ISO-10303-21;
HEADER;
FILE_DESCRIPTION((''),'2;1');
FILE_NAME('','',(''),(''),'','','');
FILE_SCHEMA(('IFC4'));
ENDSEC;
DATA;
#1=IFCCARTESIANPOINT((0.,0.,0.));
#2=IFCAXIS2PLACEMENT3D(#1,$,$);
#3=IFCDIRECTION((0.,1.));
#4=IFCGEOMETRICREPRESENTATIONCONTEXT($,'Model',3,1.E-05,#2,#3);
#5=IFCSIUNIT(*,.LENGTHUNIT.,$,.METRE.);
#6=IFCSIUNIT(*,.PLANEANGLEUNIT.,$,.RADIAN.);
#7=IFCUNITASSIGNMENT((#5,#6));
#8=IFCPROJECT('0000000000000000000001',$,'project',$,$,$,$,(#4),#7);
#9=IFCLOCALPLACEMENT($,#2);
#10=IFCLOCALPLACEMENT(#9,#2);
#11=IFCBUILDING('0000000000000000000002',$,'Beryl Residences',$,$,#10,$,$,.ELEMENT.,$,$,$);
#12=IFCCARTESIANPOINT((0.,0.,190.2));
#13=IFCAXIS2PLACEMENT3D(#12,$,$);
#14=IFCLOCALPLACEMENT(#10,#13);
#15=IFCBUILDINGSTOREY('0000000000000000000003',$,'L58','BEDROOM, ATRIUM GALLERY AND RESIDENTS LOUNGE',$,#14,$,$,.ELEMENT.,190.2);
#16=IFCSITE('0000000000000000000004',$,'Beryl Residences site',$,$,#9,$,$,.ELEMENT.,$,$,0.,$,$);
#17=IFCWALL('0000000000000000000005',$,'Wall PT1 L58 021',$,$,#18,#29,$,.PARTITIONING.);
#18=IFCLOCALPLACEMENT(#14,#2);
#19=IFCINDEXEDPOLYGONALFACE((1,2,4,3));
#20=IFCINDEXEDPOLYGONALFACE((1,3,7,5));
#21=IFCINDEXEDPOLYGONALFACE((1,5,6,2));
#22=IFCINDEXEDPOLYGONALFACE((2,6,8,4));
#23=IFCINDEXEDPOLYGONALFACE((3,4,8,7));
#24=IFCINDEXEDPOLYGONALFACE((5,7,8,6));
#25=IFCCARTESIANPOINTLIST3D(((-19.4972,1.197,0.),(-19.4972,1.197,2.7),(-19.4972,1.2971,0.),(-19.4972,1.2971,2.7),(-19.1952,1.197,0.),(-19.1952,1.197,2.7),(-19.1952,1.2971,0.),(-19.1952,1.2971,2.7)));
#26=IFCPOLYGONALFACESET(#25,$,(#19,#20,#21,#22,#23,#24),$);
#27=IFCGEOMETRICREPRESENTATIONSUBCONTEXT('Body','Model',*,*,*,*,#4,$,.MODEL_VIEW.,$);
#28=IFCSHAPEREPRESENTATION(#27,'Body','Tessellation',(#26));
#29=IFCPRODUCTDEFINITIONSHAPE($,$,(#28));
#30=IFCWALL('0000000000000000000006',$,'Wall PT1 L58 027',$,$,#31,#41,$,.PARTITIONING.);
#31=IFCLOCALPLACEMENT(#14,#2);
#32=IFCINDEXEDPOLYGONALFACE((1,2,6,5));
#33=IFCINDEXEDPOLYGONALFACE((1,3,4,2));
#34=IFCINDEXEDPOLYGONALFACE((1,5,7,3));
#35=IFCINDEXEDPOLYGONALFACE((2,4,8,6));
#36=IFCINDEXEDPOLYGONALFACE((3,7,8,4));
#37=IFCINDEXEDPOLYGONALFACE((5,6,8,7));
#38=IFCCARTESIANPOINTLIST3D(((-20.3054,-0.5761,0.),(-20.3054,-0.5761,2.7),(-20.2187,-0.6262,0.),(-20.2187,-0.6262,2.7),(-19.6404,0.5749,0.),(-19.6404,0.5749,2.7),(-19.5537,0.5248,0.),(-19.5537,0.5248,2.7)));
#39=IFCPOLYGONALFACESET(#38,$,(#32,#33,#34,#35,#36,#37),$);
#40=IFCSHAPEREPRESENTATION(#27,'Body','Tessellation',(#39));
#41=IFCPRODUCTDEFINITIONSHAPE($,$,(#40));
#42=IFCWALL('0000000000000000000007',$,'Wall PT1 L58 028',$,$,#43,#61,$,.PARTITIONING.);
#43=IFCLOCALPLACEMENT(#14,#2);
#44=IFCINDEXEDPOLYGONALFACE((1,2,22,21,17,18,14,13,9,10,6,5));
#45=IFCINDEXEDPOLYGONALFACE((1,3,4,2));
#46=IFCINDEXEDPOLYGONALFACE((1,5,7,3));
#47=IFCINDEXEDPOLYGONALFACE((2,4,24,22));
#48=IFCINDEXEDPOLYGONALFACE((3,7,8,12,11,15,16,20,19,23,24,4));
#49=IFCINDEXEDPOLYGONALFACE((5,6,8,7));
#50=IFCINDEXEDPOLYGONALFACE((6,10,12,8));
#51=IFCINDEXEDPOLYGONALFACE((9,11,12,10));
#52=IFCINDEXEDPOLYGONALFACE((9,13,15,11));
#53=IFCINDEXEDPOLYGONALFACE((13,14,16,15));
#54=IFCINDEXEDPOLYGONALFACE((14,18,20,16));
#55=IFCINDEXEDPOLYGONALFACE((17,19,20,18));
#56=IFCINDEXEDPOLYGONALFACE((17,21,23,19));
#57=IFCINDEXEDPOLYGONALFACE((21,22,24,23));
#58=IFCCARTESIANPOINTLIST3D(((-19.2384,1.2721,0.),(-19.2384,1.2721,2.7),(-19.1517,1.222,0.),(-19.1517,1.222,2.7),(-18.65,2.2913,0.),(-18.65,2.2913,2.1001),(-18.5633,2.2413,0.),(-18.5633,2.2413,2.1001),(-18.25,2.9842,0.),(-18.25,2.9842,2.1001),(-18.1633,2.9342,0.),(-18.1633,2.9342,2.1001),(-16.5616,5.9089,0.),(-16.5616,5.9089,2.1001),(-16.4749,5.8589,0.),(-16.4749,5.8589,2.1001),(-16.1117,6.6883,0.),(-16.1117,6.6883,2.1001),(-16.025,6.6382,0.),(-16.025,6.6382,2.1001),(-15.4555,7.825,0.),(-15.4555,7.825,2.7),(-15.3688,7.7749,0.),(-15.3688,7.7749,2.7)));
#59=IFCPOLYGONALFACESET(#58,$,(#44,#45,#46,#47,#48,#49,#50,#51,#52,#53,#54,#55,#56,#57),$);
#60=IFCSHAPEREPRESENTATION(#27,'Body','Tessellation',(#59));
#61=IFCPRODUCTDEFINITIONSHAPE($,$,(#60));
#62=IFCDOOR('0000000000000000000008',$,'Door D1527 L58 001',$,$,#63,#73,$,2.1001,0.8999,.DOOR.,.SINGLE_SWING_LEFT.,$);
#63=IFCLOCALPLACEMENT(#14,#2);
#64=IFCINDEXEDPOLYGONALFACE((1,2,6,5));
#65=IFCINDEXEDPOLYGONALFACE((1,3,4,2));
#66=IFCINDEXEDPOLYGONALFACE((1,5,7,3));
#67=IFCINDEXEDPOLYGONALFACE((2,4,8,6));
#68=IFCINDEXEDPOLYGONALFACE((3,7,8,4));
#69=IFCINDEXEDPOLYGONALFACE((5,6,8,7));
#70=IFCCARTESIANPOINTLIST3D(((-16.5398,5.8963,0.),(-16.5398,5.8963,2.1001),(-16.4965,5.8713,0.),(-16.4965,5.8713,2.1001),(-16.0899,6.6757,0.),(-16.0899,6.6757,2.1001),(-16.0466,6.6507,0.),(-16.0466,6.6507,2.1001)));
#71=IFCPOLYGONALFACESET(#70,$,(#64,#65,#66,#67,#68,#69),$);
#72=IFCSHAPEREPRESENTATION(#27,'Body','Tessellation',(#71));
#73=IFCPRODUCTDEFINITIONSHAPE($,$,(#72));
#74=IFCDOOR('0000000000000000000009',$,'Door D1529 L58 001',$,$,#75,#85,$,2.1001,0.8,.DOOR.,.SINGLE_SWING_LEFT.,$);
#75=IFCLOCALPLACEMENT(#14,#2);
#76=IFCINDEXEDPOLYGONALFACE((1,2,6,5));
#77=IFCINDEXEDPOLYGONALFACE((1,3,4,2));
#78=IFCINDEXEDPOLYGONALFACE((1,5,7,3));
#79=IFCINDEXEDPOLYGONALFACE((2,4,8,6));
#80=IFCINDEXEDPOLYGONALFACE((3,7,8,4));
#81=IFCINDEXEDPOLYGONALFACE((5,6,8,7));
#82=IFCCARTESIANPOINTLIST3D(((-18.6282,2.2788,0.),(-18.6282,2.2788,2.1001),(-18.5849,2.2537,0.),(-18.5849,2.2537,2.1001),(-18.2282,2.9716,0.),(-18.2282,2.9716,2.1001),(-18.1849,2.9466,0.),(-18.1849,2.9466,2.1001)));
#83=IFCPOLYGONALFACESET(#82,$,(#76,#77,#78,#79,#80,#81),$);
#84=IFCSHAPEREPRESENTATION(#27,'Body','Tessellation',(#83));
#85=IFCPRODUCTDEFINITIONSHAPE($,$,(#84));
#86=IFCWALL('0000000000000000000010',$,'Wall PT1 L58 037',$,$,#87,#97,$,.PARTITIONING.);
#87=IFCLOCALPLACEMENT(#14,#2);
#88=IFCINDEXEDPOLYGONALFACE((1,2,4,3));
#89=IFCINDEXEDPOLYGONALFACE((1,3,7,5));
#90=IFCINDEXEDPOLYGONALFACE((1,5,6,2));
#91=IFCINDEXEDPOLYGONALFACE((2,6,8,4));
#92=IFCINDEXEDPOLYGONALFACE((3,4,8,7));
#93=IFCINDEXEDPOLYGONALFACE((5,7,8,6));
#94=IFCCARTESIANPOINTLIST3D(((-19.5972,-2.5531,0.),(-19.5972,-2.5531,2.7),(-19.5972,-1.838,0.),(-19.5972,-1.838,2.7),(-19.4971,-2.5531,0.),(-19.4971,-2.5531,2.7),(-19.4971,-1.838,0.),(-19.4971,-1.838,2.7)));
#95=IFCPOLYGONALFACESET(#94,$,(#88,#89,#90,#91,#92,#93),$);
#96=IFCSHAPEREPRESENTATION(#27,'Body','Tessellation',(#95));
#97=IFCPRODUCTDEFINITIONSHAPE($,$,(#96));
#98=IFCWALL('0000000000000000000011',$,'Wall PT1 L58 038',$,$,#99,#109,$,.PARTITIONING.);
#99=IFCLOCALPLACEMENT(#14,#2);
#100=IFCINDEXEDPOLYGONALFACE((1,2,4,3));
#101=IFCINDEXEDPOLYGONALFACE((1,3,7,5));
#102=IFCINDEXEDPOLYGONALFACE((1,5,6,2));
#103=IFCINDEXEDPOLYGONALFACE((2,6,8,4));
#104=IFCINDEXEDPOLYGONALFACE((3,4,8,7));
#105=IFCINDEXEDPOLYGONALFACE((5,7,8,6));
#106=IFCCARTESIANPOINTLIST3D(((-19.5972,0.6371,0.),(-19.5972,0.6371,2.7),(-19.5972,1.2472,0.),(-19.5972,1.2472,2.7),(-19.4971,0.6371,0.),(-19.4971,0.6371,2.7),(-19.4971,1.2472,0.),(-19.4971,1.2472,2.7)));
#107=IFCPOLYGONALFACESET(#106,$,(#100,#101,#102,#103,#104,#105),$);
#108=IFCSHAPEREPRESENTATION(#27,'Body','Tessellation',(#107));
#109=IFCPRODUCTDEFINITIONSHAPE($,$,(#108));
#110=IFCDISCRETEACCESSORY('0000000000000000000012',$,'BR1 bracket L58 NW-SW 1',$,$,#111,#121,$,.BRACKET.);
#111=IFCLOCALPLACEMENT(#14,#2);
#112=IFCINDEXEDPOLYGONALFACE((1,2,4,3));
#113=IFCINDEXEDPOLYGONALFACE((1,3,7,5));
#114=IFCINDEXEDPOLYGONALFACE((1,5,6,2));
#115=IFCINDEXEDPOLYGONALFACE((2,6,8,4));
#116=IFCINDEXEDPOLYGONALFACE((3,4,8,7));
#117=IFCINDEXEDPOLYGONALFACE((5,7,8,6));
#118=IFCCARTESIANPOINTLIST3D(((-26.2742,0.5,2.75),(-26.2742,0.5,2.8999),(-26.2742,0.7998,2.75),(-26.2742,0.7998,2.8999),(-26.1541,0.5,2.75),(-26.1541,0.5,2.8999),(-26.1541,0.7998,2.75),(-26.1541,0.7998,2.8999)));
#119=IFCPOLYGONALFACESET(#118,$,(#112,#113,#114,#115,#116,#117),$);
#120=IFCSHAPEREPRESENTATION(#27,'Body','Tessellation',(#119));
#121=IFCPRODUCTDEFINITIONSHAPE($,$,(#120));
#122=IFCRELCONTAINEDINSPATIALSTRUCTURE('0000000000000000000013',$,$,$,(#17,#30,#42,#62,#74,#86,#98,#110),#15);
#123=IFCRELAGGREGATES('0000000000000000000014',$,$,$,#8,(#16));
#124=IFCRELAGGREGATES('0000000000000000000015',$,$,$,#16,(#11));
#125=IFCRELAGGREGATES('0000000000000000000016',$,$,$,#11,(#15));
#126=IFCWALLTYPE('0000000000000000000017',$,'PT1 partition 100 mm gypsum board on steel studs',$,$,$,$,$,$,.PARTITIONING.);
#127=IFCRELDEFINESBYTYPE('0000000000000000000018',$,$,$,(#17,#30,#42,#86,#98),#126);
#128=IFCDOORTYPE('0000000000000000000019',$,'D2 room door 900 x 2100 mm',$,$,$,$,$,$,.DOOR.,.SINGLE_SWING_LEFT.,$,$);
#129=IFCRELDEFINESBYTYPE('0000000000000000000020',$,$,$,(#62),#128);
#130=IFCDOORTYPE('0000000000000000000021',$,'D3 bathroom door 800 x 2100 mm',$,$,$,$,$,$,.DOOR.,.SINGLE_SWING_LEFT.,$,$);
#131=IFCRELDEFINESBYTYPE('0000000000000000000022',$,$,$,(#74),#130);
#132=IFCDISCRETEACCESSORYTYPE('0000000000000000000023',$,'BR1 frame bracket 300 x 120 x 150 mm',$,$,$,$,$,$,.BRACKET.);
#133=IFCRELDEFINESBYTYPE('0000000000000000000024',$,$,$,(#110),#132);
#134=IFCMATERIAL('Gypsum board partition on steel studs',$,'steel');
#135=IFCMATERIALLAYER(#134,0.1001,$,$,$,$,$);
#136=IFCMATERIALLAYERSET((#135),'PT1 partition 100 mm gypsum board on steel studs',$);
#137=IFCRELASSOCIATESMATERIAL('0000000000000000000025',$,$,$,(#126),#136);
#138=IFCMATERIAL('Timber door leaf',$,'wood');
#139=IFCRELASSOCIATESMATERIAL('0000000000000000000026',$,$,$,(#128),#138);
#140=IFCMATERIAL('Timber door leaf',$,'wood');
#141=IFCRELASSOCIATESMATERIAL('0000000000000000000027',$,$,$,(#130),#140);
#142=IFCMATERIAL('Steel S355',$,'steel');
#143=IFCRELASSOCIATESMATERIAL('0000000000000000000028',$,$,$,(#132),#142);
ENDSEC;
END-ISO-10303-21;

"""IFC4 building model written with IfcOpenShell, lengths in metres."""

from ifc_helpers import new_model, si_unit, direction, frame, frame_2d, origin, place, context, subcontext, project, spatial, polyline, rectangle, outline, extrude, source, transform, mapped, material, layer, layer_set, type_object, type_shapes, element, fill, save


model = new_model("IFC4")

# Units and contexts
model_context = context("Model", 3, precision=1e-05, world=origin(), true_north=direction((0.0, 1.0)))
body_context = subcontext(model_context, "Body", "Model", "MODEL_VIEW")
ifc_project = project(units=[si_unit("LENGTHUNIT", "METRE"), si_unit("PLANEANGLEUNIT", "RADIAN")], contexts=[model_context])

# Site, building, storey
site_placement = place(None, origin())
site = spatial("IfcSite", under=ifc_project, at=site_placement, Name="Beryl Residences site", CompositionType="ELEMENT", RefElevation=0.0)
building_placement = place(site_placement, origin())
building = spatial("IfcBuilding", under=site, at=building_placement, Name="Beryl Residences", CompositionType="ELEMENT")
storey_placement = place(building_placement, frame((0.0, 0.0, 190.2)))
storey = spatial("IfcBuildingStorey", under=building, at=storey_placement, Name="L58", Description="BEDROOM, ATRIUM GALLERY AND RESIDENTS LOUNGE", CompositionType="ELEMENT", Elevation=190.2)

# Shared definitions
ifc_material_1 = material(Name="Gypsum board partition on steel studs", Category="steel")
ifc_layer_1 = layer(ifc_material_1, 0.1001)
ifc_layer_set_1 = layer_set([ifc_layer_1], Name="PT1 partition 100 mm gypsum board on steel studs")
wall_type_1 = type_object("IfcWallType", Name="PT1 partition 100 mm gypsum board on steel studs", PredefinedType="PARTITIONING", material=ifc_layer_set_1)

# Shared definitions
ifc_material_2 = material(Name="Timber door leaf", Category="wood")
door_type_1 = type_object("IfcDoorType", Name="D2 room door 900 x 2100 mm", OperationType="SINGLE_SWING_LEFT", PredefinedType="DOOR", material=ifc_material_2)

# Walls
wall_1_placement = place(storey_placement, frame((-19.4971, 1.2471, 0.0), z_axis=(0.0, 0.0, 1.0), x_axis=(1.0, 0.0, 0.0)))
element("IfcWall", 1, at=wall_1_placement, inside=storey, type_object=wall_type_1, Name="Wall PT1 L58 021", PredefinedType="PARTITIONING", context=body_context, shape_type="SweptSolid", body=[
    extrude(rectangle(XDim=0.302, YDim=0.1001, at=frame_2d((0.1509, 0.0))), origin(), (0.0, 0.0, 1.0), 2.7),
])
wall_2_placement = place(storey_placement, frame((-20.262, -0.6011, 0.0), z_axis=(0.0, 0.0, 1.0), x_axis=(0.500247, 0.865883, 0.0)))
element("IfcWall", 2, at=wall_2_placement, inside=storey, type_object=wall_type_1, Name="Wall PT1 L58 027", PredefinedType="PARTITIONING", context=body_context, shape_type="SweptSolid", body=[
    extrude(rectangle(XDim=1.3293, YDim=0.1001, at=frame_2d((0.6646, 0.0))), origin(), (0.0, 0.0, 1.0), 2.7),
])

# Wall, openings, doors
wall_3_placement = place(storey_placement, frame((-19.1951, 1.2471, 0.0), z_axis=(0.0, 0.0, 1.0), x_axis=(0.49996, 0.866049, 0.0)))
wall_3 = element("IfcWall", 3, at=wall_3_placement, inside=storey, type_object=wall_type_1, Name="Wall PT1 L58 028", PredefinedType="PARTITIONING", context=body_context, shape_type="SweptSolid", body=[
    extrude(rectangle(XDim=7.5664, YDim=0.1001, at=frame_2d((3.7832, 0.0))), origin(), (0.0, 0.0, 1.0), 2.7),
])
opening_1_placement = place(wall_3_placement, frame((5.354, 0.0, 0.0)))
opening_1 = element("IfcOpeningElement", 4, at=opening_1_placement, cuts=wall_3, PredefinedType="OPENING", context=body_context, shape_type="SweptSolid", body=[
    extrude(rectangle(XDim=0.8999, YDim=2.1001, at=frame_2d((0.45, 1.05))), frame((0.0, 0.0601, 0.0), z_axis=(0.0, -1.0, 0.0), x_axis=(1.0, 0.0, 0.0)), (0.0, 0.0, 1.0), 0.1201),
])
opening_2_placement = place(wall_3_placement, frame((1.177, 0.0, 0.0)))
opening_2 = element("IfcOpeningElement", 5, at=opening_2_placement, cuts=wall_3, PredefinedType="OPENING", context=body_context, shape_type="SweptSolid", body=[
    extrude(rectangle(XDim=0.8, YDim=2.1001, at=frame_2d((0.3999, 1.05))), frame((0.0, 0.0601, 0.0), z_axis=(0.0, -1.0, 0.0), x_axis=(1.0, 0.0, 0.0)), (0.0, 0.0, 1.0), 0.1201),
])
door_1_placement = place(opening_1_placement, origin())
door_1 = element("IfcDoor", 6, at=door_1_placement, inside=storey, type_object=door_type_1, Name="Door D1527 L58 001", OperationType="SINGLE_SWING_LEFT", OverallHeight=2.1001, OverallWidth=0.8999, PredefinedType="DOOR", context=body_context, shape_type="SweptSolid", body=[
    extrude(rectangle(XDim=0.8999, YDim=2.1001, at=frame_2d((0.45, 1.05))), frame((0.0, 0.0249, 0.0), z_axis=(0.0, -1.0, 0.0), x_axis=(1.0, 0.0, 0.0)), (0.0, 0.0, 1.0), 0.05),
])
fill(opening_1, door_1)
ifc_material_3 = material(Name="Timber door leaf", Category="wood")
door_type_2 = type_object("IfcDoorType", Name="D3 bathroom door 800 x 2100 mm", OperationType="SINGLE_SWING_LEFT", PredefinedType="DOOR", material=ifc_material_3)
door_2_placement = place(opening_2_placement, origin())
door_2 = element("IfcDoor", 7, at=door_2_placement, inside=storey, type_object=door_type_2, Name="Door D1529 L58 001", OperationType="SINGLE_SWING_LEFT", OverallHeight=2.1001, OverallWidth=0.8, PredefinedType="DOOR", context=body_context, shape_type="SweptSolid", body=[
    extrude(rectangle(XDim=0.8, YDim=2.1001, at=frame_2d((0.3999, 1.05))), frame((0.0, 0.0249, 0.0), z_axis=(0.0, -1.0, 0.0), x_axis=(1.0, 0.0, 0.0)), (0.0, 0.0, 1.0), 0.05),
])
fill(opening_2, door_2)

# Walls
wall_4_placement = place(storey_placement, frame((-19.5471, -2.553, 0.0), z_axis=(0.0, 0.0, 1.0), x_axis=(0.0, 1.0, 0.0)))
element("IfcWall", 8, at=wall_4_placement, inside=storey, type_object=wall_type_1, Name="Wall PT1 L58 037", PredefinedType="PARTITIONING", context=body_context, shape_type="SweptSolid", body=[
    extrude(rectangle(XDim=0.7151, YDim=0.1001, at=frame_2d((0.3574, 0.0))), origin(), (0.0, 0.0, 1.0), 2.7),
])
wall_5_placement = place(storey_placement, frame((-19.5471, 0.637, 0.0), z_axis=(0.0, 0.0, 1.0), x_axis=(0.0, 1.0, 0.0)))
element("IfcWall", 9, at=wall_5_placement, inside=storey, type_object=wall_type_1, Name="Wall PT1 L58 038", PredefinedType="PARTITIONING", context=body_context, shape_type="SweptSolid", body=[
    extrude(rectangle(XDim=0.6101, YDim=0.1001, at=frame_2d((0.3052, 0.0))), origin(), (0.0, 0.0, 1.0), 2.7),
])

# Discrete accessory
ifc_material_4 = material(Name="Steel S355", Category="steel")
discrete_accessory_type = type_object("IfcDiscreteAccessoryType", Name="BR1 frame bracket 300 x 120 x 150 mm", PredefinedType="BRACKET", material=ifc_material_4)
shared_shape_1 = source(origin(), body_context, "Body", "SweptSolid", [
    extrude(outline(polyline([(-0.1499, 0.0), (0.1499, 0.0), (0.1499, 0.1201), (-0.1499, 0.1201), (-0.1499, 0.0)])), origin(), (0.0, 0.0, 1.0), 0.1499),
])
type_shapes(discrete_accessory_type, [shared_shape_1])
discrete_accessory_placement = place(storey_placement, frame((-26.1541, 0.6499, 2.75), z_axis=(0.0, 0.0, 1.0), x_axis=(0.0, 1.0, 0.0)))
element("IfcDiscreteAccessory", 10, at=discrete_accessory_placement, inside=storey, type_object=discrete_accessory_type, Name="BR1 bracket L58 NW-SW 1", PredefinedType="BRACKET", context=body_context, shape_type="MappedRepresentation", body=[
    mapped(shared_shape_1, transform((0.0, 0.0, 0.0))),
])

save(model, "model.ifc")
